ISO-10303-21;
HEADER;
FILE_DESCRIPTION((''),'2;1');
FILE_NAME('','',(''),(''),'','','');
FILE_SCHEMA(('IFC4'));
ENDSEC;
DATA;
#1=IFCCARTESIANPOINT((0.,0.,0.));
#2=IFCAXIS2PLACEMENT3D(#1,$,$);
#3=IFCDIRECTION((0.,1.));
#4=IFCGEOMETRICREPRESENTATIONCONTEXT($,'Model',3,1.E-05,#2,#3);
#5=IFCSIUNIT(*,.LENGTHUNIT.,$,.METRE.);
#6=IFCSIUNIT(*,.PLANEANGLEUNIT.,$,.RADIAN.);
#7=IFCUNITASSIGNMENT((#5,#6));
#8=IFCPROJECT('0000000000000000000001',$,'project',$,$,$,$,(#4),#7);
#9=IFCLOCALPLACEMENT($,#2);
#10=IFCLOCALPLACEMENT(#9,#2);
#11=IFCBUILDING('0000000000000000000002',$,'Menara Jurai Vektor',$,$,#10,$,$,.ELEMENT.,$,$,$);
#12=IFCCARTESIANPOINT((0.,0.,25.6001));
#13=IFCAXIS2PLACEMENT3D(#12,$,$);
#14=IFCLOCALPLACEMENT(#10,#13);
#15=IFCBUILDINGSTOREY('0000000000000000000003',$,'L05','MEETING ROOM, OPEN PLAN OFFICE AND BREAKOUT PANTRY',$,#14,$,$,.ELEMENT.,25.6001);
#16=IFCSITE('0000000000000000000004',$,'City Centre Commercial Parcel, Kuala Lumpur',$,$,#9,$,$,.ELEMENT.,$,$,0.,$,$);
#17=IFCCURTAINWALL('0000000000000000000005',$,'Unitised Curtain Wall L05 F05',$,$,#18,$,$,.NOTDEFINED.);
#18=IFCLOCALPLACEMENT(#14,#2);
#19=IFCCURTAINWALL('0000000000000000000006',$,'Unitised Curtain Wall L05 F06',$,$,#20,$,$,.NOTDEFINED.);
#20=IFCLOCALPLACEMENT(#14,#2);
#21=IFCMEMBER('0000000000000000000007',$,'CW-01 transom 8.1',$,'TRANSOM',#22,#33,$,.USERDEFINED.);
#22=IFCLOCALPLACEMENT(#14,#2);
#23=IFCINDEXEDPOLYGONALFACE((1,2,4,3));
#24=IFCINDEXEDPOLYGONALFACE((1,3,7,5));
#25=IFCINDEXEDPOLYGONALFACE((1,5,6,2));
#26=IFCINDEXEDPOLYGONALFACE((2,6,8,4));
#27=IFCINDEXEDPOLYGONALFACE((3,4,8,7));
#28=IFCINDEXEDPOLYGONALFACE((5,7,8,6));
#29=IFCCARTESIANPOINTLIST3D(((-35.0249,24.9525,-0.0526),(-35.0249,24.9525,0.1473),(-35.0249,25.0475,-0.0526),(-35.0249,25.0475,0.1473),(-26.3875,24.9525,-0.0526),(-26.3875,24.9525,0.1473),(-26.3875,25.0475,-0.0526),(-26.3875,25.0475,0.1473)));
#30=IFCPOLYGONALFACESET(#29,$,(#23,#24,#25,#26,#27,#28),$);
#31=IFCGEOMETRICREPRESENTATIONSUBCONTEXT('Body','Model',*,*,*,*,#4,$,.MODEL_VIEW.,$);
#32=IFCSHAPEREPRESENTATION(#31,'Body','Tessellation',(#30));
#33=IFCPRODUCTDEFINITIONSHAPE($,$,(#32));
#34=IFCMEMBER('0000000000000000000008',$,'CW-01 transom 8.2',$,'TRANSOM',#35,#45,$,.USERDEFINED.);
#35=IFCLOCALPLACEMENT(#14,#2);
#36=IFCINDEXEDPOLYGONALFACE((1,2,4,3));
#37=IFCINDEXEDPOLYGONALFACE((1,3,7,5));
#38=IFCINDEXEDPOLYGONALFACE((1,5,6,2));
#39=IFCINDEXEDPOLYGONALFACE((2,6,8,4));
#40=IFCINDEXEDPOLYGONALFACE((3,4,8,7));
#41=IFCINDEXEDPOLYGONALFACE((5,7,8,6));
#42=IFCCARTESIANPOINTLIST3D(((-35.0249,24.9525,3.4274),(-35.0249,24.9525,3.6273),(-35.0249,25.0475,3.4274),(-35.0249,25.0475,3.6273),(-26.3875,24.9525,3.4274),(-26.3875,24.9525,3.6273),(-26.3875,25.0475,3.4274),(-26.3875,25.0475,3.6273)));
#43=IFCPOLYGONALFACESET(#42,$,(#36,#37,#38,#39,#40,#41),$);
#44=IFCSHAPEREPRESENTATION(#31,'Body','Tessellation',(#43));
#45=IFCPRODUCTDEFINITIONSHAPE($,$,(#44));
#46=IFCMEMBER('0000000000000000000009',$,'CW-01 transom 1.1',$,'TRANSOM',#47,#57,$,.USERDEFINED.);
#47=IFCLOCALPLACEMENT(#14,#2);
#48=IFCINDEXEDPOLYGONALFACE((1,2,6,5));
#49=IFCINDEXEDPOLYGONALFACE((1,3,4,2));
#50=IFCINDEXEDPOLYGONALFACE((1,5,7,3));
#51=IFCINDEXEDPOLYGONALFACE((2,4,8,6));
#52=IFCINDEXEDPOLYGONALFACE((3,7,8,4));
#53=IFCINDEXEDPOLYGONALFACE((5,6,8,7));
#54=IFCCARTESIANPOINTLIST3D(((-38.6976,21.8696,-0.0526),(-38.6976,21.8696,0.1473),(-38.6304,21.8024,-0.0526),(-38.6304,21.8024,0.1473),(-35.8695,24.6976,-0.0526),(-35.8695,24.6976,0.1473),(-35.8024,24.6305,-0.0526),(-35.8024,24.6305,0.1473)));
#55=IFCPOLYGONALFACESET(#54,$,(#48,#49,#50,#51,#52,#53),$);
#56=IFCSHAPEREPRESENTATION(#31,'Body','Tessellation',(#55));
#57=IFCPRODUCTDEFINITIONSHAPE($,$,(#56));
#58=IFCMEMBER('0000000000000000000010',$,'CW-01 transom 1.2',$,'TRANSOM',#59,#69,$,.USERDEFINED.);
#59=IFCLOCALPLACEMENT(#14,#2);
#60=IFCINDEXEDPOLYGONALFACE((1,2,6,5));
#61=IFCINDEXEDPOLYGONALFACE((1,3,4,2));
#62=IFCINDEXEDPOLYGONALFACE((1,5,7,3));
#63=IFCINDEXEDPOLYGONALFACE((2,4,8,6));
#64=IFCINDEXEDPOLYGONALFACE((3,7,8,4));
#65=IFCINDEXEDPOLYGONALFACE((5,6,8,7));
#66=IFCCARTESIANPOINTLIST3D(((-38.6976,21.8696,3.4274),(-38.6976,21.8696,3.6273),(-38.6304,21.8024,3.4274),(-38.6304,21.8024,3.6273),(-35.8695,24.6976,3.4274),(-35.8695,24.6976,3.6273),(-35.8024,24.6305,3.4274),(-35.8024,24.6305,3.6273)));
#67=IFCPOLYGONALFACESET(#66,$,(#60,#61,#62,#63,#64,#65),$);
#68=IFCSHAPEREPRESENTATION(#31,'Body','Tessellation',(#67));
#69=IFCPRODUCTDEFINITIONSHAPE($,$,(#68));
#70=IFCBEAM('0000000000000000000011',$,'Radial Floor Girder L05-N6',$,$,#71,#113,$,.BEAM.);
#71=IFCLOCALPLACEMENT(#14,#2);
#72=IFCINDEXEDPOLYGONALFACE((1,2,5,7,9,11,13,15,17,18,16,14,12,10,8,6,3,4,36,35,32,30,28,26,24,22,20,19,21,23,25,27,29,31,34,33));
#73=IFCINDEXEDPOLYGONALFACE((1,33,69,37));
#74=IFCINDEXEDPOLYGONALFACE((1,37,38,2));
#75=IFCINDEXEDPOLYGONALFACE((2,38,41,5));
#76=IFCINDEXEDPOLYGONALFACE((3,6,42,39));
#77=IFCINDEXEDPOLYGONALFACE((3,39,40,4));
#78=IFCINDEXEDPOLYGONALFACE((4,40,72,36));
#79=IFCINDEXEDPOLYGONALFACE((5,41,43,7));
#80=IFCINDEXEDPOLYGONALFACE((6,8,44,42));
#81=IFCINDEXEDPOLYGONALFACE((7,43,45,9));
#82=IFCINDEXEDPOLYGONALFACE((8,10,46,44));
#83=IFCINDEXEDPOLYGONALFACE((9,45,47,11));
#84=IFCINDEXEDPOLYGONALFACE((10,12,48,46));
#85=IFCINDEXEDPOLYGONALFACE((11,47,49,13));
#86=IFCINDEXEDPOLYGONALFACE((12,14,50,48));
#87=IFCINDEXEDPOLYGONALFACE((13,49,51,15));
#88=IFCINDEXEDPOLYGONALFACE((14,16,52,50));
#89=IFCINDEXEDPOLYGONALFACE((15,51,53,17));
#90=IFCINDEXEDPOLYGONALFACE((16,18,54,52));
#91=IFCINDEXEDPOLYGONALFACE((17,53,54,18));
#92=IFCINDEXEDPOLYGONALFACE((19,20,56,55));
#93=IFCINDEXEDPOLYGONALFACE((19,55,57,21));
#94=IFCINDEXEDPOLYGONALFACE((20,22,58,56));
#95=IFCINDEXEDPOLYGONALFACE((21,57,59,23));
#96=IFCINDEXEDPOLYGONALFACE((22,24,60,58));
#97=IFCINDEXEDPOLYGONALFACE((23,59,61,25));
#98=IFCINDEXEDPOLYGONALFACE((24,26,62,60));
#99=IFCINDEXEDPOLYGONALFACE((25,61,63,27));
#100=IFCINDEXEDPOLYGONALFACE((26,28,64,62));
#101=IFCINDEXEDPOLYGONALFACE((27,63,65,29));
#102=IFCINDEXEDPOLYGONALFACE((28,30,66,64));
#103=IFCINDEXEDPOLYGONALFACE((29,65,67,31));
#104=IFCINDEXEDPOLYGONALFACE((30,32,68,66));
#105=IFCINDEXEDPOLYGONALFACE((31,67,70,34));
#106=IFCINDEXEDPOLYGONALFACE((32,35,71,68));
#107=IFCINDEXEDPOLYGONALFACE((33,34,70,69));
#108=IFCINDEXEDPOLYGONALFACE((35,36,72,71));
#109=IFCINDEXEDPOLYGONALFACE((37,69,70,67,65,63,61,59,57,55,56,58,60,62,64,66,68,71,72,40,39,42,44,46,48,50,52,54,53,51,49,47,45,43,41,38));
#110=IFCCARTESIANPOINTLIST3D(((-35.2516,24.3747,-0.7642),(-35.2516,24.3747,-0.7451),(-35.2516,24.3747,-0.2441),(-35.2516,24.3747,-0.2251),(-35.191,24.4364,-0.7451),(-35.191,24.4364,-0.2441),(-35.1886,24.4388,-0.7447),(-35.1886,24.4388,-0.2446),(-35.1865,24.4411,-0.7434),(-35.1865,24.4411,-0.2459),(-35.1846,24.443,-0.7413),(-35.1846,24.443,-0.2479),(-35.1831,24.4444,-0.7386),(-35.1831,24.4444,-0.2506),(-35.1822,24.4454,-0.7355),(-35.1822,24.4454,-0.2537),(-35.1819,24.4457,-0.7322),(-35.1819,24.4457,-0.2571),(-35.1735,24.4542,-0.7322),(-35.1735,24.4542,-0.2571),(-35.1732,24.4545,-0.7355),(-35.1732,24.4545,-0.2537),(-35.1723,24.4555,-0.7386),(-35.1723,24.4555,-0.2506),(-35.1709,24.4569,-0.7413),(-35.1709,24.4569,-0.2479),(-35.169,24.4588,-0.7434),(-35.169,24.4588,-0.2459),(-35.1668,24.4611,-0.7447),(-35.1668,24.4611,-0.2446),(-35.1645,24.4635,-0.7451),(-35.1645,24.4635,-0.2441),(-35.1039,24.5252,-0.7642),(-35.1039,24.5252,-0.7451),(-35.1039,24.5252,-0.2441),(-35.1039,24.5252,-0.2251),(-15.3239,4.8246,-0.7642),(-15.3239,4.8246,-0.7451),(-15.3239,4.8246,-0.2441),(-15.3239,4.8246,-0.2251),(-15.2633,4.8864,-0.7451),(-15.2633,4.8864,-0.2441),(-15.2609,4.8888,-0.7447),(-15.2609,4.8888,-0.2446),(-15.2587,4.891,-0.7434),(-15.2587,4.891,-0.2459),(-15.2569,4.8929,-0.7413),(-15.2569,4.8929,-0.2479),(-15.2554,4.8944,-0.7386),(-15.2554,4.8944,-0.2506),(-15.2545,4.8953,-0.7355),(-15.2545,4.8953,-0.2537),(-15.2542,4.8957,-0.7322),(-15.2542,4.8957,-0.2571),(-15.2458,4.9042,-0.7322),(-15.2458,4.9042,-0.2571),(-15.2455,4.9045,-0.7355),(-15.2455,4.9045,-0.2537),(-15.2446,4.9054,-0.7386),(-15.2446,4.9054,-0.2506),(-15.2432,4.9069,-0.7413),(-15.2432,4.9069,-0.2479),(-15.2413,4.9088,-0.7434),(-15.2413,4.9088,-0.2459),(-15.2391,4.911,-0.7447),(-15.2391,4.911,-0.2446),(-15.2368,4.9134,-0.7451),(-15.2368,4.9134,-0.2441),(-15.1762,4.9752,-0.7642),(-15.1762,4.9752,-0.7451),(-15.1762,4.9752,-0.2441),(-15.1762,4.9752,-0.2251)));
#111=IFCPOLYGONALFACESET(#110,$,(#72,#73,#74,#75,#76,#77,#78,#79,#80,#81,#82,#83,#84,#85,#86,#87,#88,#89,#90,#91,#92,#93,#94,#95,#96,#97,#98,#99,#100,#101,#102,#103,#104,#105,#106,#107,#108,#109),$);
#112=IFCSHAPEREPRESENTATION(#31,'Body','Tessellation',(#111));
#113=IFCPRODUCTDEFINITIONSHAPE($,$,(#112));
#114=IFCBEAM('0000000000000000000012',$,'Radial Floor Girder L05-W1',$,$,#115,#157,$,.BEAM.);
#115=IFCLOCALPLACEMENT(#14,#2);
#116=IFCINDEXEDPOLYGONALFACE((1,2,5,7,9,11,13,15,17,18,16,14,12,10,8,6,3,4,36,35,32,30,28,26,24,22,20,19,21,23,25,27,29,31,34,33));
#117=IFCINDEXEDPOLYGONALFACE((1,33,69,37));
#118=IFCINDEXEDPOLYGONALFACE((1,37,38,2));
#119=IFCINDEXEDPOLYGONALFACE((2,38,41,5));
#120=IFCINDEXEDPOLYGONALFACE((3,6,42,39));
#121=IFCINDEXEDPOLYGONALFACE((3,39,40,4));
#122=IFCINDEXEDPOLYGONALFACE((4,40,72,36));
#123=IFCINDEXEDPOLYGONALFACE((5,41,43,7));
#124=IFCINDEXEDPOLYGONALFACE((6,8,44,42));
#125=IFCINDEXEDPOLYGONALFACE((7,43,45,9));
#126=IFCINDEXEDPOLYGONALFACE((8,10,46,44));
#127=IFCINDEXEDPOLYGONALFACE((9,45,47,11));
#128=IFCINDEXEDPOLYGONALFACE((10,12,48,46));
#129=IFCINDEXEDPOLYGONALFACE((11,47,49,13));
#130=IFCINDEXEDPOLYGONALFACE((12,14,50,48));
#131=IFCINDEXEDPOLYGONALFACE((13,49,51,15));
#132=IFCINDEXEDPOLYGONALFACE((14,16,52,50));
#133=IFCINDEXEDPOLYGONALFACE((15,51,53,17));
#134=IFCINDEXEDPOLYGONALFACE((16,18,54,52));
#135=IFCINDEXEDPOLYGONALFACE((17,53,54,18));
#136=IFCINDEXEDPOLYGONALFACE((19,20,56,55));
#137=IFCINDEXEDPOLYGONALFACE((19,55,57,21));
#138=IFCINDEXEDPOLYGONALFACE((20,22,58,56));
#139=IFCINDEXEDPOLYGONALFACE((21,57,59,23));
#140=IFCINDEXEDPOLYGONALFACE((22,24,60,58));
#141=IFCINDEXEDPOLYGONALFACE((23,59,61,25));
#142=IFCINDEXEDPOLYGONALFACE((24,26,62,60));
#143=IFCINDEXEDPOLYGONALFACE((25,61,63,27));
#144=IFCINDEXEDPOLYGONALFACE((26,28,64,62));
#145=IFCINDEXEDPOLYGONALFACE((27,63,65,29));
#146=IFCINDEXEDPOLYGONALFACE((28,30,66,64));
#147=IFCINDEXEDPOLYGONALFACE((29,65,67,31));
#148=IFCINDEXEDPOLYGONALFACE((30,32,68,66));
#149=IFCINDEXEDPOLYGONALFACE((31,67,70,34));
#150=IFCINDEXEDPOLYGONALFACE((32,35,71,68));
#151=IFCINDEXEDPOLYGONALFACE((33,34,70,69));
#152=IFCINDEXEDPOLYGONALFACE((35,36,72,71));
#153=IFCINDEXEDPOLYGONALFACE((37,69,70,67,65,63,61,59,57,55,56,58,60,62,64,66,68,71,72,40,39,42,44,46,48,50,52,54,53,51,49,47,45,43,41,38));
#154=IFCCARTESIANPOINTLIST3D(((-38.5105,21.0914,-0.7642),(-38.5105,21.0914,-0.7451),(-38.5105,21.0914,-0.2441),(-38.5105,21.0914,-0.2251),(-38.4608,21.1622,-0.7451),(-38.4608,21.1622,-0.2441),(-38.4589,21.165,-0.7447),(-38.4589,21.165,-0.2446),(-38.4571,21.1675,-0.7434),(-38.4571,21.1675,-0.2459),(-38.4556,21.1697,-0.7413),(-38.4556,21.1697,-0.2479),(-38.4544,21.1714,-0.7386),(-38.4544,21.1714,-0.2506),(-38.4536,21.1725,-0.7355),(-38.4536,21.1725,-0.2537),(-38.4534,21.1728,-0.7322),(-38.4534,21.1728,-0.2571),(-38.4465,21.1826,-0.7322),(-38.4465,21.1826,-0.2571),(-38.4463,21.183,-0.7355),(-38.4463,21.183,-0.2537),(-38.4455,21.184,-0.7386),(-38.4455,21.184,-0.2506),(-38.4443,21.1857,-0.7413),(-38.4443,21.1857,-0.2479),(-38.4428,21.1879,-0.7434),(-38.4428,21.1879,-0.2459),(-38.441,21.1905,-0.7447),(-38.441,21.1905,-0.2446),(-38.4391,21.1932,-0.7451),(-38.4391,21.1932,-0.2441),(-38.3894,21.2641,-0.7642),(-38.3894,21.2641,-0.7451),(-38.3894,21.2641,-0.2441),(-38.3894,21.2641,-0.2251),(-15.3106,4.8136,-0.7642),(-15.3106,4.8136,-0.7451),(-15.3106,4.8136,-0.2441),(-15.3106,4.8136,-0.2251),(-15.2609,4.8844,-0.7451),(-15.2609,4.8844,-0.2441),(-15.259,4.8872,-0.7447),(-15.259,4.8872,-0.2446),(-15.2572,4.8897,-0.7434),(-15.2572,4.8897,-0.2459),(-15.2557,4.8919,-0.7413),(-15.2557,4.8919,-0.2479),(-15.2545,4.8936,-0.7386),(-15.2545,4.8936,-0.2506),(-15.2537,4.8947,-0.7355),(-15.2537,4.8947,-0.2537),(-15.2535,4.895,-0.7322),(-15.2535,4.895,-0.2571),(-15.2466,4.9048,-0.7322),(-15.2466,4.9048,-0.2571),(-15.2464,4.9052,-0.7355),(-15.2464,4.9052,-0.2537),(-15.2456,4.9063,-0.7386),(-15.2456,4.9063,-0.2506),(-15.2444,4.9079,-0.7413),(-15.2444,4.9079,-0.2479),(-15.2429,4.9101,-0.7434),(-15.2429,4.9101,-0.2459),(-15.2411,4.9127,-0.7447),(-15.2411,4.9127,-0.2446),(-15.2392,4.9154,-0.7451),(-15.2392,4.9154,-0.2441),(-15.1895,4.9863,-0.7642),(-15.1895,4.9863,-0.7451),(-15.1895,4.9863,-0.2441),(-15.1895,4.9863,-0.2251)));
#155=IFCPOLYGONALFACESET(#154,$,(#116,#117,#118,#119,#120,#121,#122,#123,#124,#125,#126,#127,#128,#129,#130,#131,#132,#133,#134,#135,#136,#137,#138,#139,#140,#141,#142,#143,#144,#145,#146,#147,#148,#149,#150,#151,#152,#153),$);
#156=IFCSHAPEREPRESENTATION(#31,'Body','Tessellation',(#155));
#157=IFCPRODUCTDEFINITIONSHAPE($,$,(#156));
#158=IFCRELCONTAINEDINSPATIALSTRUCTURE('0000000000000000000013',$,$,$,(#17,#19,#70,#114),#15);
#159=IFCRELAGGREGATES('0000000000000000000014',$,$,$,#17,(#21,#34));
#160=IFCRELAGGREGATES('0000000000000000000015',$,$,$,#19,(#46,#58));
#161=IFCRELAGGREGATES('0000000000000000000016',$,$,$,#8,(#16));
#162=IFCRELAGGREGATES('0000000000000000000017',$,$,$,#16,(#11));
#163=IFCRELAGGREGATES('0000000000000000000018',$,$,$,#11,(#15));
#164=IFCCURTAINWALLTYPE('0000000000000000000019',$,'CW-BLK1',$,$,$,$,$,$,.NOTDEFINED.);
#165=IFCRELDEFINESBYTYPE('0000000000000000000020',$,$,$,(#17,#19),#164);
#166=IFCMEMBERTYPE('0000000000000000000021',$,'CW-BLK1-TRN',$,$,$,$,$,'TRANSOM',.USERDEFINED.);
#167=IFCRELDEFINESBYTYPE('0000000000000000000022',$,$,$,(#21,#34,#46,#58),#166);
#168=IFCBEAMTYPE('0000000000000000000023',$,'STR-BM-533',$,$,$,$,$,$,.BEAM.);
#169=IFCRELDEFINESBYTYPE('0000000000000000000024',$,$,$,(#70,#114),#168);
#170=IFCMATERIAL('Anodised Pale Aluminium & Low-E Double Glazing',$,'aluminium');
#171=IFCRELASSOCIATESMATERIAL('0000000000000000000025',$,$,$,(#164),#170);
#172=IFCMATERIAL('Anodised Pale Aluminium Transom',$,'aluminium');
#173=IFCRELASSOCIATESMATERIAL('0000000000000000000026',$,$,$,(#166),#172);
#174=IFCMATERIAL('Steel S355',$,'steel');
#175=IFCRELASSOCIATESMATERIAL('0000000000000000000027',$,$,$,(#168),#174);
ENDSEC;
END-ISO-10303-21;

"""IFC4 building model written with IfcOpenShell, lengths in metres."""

from ifc_helpers import new_model, si_unit, direction, frame, origin, origin_2d, place, context, subcontext, project, spatial, rectangle, i_section, extrude, material, material_profile, profile_set, type_object, element, aggregate, save


model = new_model("IFC4")

# Units and contexts
model_context = context("Model", 3, precision=1e-05, world=origin(), true_north=direction((0.0, 1.0)))
body_context = subcontext(model_context, "Body", "Model", "MODEL_VIEW")
ifc_project = project(units=[si_unit("LENGTHUNIT", "METRE"), si_unit("PLANEANGLEUNIT", "RADIAN")], contexts=[model_context])

# Site, building, storey
site_placement = place(None, origin())
site = spatial("IfcSite", under=ifc_project, at=site_placement, Name="City Centre Commercial Parcel, Kuala Lumpur", CompositionType="ELEMENT", RefElevation=0.0)
building_placement = place(site_placement, origin())
building = spatial("IfcBuilding", under=site, at=building_placement, Name="Menara Jurai Vektor", CompositionType="ELEMENT")
storey_placement = place(building_placement, frame((0.0, 0.0, 25.6001)))
storey = spatial("IfcBuildingStorey", under=building, at=storey_placement, Name="L05", Description="MEETING ROOM, OPEN PLAN OFFICE AND BREAKOUT PANTRY", CompositionType="ELEMENT", Elevation=25.6001)

# Curtain walls
ifc_material_1 = material(Name="Anodised Pale Aluminium & Low-E Double Glazing", Category="aluminium")
curtain_wall_type = type_object("IfcCurtainWallType", Name="CW-BLK1", PredefinedType="NOTDEFINED", material=ifc_material_1)
curtain_wall_1_placement = place(storey_placement, origin())
curtain_wall_1 = element("IfcCurtainWall", 1, at=curtain_wall_1_placement, inside=storey, type_object=curtain_wall_type, Name="Unitised Curtain Wall L05 F05", PredefinedType="NOTDEFINED")
curtain_wall_2_placement = place(storey_placement, origin())
curtain_wall_2 = element("IfcCurtainWall", 2, at=curtain_wall_2_placement, inside=storey, type_object=curtain_wall_type, Name="Unitised Curtain Wall L05 F06", PredefinedType="NOTDEFINED")

# Members
ifc_material_2 = material(Name="Anodised Pale Aluminium Transom", Category="aluminium")
ifc_material_profile_1 = material_profile(ifc_material_2, rectangle(XDim=0.095, YDim=0.2, at=origin_2d()), Name="ALU TRN 95x200")
ifc_profile_set_1 = profile_set([ifc_material_profile_1], Name="Anodised Pale Aluminium Transom")
member_type_1 = type_object("IfcMemberType", Name="CW-BLK1-TRN", ElementType="TRANSOM", PredefinedType="USERDEFINED", material=ifc_profile_set_1)
member_1_placement = place(storey_placement, frame((-26.3875, 25.0, 0.0474), z_axis=(-1.0, 0.0, 0.0), x_axis=(0.0, -1.0, 0.0)))
member_1 = element("IfcMember", 3, at=member_1_placement, type_object=member_type_1, Name="CW-01 transom 8.1", ObjectType="TRANSOM", PredefinedType="USERDEFINED", context=body_context, shape_type="SweptSolid", body=[
    extrude(rectangle(XDim=0.095, YDim=0.2, at=origin_2d()), origin(), (0.0, 0.0, 1.0), 8.6375),
])
member_2_placement = place(storey_placement, frame((-26.3875, 25.0, 3.5273), z_axis=(-1.0, 0.0, 0.0), x_axis=(0.0, -1.0, 0.0)))
member_2 = element("IfcMember", 4, at=member_2_placement, type_object=member_type_1, Name="CW-01 transom 8.2", ObjectType="TRANSOM", PredefinedType="USERDEFINED", context=body_context, shape_type="SweptSolid", body=[
    extrude(rectangle(XDim=0.095, YDim=0.2, at=origin_2d()), origin(), (0.0, 0.0, 1.0), 8.6375),
])
member_3_placement = place(storey_placement, frame((-35.8359, 24.6641, 0.0474), z_axis=(-0.707107, -0.707107, 0.0), x_axis=(0.707107, -0.707107, 0.0)))
member_3 = element("IfcMember", 5, at=member_3_placement, type_object=member_type_1, Name="CW-01 transom 1.1", ObjectType="TRANSOM", PredefinedType="USERDEFINED", context=body_context, shape_type="SweptSolid", body=[
    extrude(rectangle(XDim=0.095, YDim=0.2, at=origin_2d()), origin(), (0.0, 0.0, 1.0), 3.9995),
])
member_4_placement = place(storey_placement, frame((-35.8359, 24.6641, 3.5273), z_axis=(-0.707107, -0.707107, 0.0), x_axis=(0.707107, -0.707107, 0.0)))
member_4 = element("IfcMember", 6, at=member_4_placement, type_object=member_type_1, Name="CW-01 transom 1.2", ObjectType="TRANSOM", PredefinedType="USERDEFINED", context=body_context, shape_type="SweptSolid", body=[
    extrude(rectangle(XDim=0.095, YDim=0.2, at=origin_2d()), origin(), (0.0, 0.0, 1.0), 3.9995),
])

# Beams
ifc_material_3 = material(Name="Steel S355", Category="steel")
ifc_material_profile_2 = material_profile(ifc_material_3, i_section(OverallWidth=0.2109, OverallDepth=0.5391, WebThickness=0.012, FlangeThickness=0.019, FilletRadius=0.0129, at=origin_2d()), Name="UKB 533x210x109")
ifc_profile_set_2 = profile_set([ifc_material_profile_2], Name="Steel S355")
beam_type_1 = type_object("IfcBeamType", Name="STR-BM-533", PredefinedType="BEAM", material=ifc_profile_set_2)
beam_1_placement = place(storey_placement, frame((-35.1777, 24.45, -0.4946), z_axis=(0.713839, -0.70031, 0.0), x_axis=(0.70031, 0.713839, 0.0)))
element("IfcBeam", 7, at=beam_1_placement, inside=storey, type_object=beam_type_1, Name="Radial Floor Girder L05-N6", PredefinedType="BEAM", context=body_context, shape_type="SweptSolid", body=[
    extrude(i_section(OverallWidth=0.2109, OverallDepth=0.5391, WebThickness=0.012, FlangeThickness=0.019, FilletRadius=0.0129, at=origin_2d()), origin(), (0.0, 0.0, 1.0), 27.9163),
])
beam_2_placement = place(storey_placement, frame((-38.45, 21.1777, -0.4946), z_axis=(0.818604, -0.574359, 0.0), x_axis=(0.574359, 0.818604, 0.0)))
element("IfcBeam", 8, at=beam_2_placement, inside=storey, type_object=beam_type_1, Name="Radial Floor Girder L05-W1", PredefinedType="BEAM", context=body_context, shape_type="SweptSolid", body=[
    extrude(i_section(OverallWidth=0.2109, OverallDepth=0.5391, WebThickness=0.012, FlangeThickness=0.019, FilletRadius=0.0129, at=origin_2d()), origin(), (0.0, 0.0, 1.0), 28.3408),
])

aggregate(curtain_wall_1, [member_1, member_2])
aggregate(curtain_wall_2, [member_3, member_4])

save(model, "model.ifc")
